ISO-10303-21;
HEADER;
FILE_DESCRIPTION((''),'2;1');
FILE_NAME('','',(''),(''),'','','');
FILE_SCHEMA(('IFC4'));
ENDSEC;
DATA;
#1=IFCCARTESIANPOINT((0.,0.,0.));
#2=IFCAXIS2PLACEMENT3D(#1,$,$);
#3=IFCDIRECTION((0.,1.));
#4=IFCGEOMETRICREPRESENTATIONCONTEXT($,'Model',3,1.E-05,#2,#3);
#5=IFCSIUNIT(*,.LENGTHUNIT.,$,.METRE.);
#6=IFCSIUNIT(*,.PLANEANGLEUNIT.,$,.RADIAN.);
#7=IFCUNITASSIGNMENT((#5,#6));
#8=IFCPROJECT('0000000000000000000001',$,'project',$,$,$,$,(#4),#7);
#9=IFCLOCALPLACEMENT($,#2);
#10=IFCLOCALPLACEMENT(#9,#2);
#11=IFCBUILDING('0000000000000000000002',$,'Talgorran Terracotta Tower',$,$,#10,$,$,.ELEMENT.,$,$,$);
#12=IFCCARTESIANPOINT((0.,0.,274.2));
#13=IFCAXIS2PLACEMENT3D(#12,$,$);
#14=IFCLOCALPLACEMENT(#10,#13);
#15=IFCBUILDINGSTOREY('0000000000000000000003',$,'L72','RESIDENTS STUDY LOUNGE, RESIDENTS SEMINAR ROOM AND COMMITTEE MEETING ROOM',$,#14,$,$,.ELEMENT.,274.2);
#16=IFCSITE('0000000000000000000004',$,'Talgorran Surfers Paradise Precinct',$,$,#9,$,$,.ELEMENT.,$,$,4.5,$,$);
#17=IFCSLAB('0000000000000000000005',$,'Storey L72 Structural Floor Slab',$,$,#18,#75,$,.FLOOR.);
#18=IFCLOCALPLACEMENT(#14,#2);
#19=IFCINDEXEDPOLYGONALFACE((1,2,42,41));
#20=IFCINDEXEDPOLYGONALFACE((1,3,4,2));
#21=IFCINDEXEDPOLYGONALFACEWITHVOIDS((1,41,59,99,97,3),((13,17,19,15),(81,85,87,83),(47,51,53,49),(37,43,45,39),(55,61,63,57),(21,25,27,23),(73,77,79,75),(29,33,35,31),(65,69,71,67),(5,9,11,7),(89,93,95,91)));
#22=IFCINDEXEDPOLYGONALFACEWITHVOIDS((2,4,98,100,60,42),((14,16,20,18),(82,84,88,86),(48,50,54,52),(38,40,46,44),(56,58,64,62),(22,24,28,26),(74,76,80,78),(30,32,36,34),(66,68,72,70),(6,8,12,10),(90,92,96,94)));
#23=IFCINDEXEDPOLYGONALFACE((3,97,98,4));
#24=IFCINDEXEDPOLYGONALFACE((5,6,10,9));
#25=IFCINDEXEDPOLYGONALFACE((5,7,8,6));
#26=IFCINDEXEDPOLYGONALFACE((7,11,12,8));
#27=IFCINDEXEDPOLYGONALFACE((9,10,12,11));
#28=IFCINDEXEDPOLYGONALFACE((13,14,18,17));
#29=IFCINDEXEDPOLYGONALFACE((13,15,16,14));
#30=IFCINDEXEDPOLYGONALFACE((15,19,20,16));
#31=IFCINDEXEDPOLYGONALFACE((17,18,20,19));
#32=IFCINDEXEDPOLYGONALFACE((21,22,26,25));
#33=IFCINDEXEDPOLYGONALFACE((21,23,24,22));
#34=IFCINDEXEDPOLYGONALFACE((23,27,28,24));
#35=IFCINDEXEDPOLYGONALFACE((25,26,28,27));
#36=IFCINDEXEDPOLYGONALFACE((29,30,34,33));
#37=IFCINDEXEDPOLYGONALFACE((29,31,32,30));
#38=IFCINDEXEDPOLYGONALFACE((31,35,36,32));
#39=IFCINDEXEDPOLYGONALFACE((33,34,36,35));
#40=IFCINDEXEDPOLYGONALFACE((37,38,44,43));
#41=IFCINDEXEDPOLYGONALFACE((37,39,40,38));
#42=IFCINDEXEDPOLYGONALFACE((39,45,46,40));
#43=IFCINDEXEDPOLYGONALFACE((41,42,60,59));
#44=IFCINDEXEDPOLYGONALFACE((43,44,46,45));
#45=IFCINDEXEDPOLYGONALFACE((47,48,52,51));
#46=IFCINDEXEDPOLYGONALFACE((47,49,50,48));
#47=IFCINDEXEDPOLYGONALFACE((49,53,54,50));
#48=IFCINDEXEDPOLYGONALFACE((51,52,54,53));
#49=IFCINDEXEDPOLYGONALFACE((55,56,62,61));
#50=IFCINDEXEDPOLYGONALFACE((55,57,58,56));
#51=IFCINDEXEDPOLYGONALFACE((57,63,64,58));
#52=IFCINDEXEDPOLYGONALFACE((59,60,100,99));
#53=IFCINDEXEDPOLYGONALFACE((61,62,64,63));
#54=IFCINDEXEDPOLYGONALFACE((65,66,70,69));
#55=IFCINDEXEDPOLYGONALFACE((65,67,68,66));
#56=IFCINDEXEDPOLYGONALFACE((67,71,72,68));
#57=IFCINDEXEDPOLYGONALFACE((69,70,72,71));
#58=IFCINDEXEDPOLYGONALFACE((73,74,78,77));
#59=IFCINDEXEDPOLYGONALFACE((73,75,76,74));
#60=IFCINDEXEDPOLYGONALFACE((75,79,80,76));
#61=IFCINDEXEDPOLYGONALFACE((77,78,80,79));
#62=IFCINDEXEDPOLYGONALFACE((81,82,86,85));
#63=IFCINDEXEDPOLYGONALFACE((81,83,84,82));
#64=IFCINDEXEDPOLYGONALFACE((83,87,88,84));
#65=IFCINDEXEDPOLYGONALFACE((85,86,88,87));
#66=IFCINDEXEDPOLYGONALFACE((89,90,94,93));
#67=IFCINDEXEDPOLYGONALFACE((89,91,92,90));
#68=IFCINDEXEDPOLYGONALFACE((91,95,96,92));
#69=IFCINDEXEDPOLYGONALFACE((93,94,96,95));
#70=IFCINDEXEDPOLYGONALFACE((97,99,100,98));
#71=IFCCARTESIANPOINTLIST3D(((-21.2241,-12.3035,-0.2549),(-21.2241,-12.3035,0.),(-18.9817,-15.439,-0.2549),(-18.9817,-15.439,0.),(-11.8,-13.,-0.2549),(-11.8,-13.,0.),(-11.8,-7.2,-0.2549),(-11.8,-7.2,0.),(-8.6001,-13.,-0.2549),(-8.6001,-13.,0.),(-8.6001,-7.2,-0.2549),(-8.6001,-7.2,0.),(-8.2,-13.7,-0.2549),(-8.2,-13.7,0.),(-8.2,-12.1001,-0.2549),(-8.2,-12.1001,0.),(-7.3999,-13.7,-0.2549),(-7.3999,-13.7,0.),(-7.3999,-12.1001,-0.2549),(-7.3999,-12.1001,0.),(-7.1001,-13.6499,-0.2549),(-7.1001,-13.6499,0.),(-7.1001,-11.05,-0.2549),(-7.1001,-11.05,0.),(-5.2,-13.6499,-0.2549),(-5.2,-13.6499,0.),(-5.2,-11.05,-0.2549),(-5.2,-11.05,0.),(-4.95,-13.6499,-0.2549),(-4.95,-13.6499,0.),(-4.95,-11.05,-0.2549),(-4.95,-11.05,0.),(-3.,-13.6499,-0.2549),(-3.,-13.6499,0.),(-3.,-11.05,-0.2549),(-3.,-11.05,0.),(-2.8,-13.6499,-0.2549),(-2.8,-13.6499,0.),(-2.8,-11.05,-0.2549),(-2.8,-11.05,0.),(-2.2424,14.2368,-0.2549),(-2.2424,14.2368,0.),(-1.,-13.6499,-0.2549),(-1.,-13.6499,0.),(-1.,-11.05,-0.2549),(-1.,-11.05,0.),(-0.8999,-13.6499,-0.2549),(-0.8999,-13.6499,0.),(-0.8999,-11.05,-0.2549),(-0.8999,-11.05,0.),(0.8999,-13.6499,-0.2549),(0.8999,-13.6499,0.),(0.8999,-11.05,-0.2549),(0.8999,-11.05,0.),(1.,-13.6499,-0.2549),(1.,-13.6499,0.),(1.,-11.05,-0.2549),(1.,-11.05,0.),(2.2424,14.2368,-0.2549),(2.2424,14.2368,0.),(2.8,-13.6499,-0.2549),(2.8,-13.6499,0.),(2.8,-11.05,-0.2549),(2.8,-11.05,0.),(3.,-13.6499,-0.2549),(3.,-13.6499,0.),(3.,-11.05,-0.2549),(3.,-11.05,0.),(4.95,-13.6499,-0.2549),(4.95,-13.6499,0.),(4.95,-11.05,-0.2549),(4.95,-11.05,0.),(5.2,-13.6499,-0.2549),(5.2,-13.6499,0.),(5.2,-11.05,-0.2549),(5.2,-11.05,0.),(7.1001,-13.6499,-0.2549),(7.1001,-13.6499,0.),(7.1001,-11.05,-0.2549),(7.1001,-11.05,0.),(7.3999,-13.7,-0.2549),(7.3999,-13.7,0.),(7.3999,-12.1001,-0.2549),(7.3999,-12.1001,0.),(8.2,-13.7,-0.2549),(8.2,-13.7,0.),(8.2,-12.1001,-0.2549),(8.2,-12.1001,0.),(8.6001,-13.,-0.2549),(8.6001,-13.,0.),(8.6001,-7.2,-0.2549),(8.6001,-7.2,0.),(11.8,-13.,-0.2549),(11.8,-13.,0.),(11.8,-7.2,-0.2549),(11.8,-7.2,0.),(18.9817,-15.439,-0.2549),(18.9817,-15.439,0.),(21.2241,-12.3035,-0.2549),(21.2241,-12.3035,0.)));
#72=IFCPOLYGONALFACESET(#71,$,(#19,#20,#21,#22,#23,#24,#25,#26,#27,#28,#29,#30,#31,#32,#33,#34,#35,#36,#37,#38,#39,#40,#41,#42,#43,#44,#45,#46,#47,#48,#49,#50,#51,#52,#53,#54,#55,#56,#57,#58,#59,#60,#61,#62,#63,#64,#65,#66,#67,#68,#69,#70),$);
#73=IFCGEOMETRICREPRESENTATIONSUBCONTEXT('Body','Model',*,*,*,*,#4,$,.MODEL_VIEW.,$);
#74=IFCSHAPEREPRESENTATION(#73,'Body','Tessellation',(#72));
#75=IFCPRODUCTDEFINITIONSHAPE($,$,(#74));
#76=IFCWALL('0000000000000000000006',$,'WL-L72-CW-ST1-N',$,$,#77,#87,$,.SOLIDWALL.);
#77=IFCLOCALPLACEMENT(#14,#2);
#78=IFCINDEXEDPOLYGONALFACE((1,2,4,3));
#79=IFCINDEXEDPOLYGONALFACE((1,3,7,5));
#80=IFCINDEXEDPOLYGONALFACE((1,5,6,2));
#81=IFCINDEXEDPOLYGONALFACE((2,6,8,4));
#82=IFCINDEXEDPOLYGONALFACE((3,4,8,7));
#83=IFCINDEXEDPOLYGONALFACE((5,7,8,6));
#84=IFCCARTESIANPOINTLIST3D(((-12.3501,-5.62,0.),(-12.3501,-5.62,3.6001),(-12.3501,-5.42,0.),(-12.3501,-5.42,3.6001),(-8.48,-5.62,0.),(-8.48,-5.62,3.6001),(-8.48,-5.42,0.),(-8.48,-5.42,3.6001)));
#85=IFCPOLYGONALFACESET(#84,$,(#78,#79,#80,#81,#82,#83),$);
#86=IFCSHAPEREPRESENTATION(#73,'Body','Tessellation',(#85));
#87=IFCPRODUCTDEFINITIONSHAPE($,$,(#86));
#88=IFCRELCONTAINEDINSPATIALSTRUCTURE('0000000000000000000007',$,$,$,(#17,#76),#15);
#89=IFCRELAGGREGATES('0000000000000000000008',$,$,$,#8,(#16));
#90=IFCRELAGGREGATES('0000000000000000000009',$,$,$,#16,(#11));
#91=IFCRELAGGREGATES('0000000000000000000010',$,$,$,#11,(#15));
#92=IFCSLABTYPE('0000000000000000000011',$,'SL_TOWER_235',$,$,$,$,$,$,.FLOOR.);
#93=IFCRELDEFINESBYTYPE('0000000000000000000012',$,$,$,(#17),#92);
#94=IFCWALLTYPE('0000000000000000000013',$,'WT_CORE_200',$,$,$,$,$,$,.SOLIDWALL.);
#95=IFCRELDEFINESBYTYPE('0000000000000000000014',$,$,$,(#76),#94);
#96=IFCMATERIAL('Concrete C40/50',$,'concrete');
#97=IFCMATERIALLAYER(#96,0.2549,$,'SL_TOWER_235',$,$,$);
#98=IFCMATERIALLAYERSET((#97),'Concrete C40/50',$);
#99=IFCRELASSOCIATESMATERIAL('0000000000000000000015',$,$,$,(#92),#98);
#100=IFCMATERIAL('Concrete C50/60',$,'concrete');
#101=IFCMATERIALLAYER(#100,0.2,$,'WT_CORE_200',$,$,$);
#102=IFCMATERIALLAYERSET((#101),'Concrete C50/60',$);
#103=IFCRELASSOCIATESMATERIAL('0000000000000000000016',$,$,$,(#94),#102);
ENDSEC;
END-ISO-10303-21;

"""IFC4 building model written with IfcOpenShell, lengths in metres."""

from ifc_helpers import new_model, si_unit, direction, frame, frame_2d, origin, place, context, subcontext, project, spatial, polyline, rectangle, outline, extrude, material, layer, layer_set, type_object, element, save


model = new_model("IFC4")

# Units and contexts
model_context = context("Model", 3, precision=1e-05, world=origin(), true_north=direction((0.0, 1.0)))
body_context = subcontext(model_context, "Body", "Model", "MODEL_VIEW")
ifc_project = project(units=[si_unit("LENGTHUNIT", "METRE"), si_unit("PLANEANGLEUNIT", "RADIAN")], contexts=[model_context])

# Site, building, storey
site_placement = place(None, origin())
site = spatial("IfcSite", under=ifc_project, at=site_placement, Name="Talgorran Surfers Paradise Precinct", CompositionType="ELEMENT", RefElevation=4.5)
building_placement = place(site_placement, origin())
building = spatial("IfcBuilding", under=site, at=building_placement, Name="Talgorran Terracotta Tower", CompositionType="ELEMENT")
storey_placement = place(building_placement, frame((0.0, 0.0, 274.2)))
storey = spatial("IfcBuildingStorey", under=building, at=storey_placement, Name="L72", Description="RESIDENTS STUDY LOUNGE, RESIDENTS SEMINAR ROOM AND COMMITTEE MEETING ROOM", CompositionType="ELEMENT", Elevation=274.2)

# Slab
ifc_material_1 = material(Name="Concrete C40/50", Category="concrete")
ifc_layer_1 = layer(ifc_material_1, 0.2549, Name="SL_TOWER_235")
ifc_layer_set_1 = layer_set([ifc_layer_1], Name="Concrete C40/50")
slab_type_1 = type_object("IfcSlabType", Name="SL_TOWER_235", PredefinedType="FLOOR", material=ifc_layer_set_1)
slab_1_placement = place(storey_placement, frame((0.0, 0.0, -0.2549)))
element("IfcSlab", 1, at=slab_1_placement, inside=storey, type_object=slab_type_1, Name="Storey L72 Structural Floor Slab", PredefinedType="FLOOR", context=body_context, shape_type="SweptSolid", body=[
    extrude(outline(polyline([(-21.2241, -12.3035), (-18.9817, -15.439), (18.9817, -15.439), (21.2241, -12.3035), (2.2424, 14.2368), (-2.2424, 14.2368), (-21.2241, -12.3035)]), holes=[polyline([(-11.8, -7.2), (-11.8, -13.0), (-8.6001, -13.0), (-8.6001, -7.2), (-11.8, -7.2)]), polyline([(8.6001, -7.2), (8.6001, -13.0), (11.8, -13.0), (11.8, -7.2), (8.6001, -7.2)]), polyline([(-7.1001, -13.6499), (-5.2, -13.6499), (-5.2, -11.05), (-7.1001, -11.05), (-7.1001, -13.6499)]), polyline([(5.2, -13.6499), (7.1001, -13.6499), (7.1001, -11.05), (5.2, -11.05), (5.2, -13.6499)]), polyline([(3.0, -13.6499), (4.95, -13.6499), (4.95, -11.05), (3.0, -11.05), (3.0, -13.6499)]), polyline([(-4.95, -13.6499), (-3.0, -13.6499), (-3.0, -11.05), (-4.95, -11.05), (-4.95, -13.6499)]), polyline([(-2.8, -13.6499), (-1.0, -13.6499), (-1.0, -11.05), (-2.8, -11.05), (-2.8, -13.6499)]), polyline([(-0.8999, -13.6499), (0.8999, -13.6499), (0.8999, -11.05), (-0.8999, -11.05), (-0.8999, -13.6499)]), polyline([(1.0, -13.6499), (2.8, -13.6499), (2.8, -11.05), (1.0, -11.05), (1.0, -13.6499)]), polyline([(-8.2, -13.7), (-7.3999, -13.7), (-7.3999, -12.1001), (-8.2, -12.1001), (-8.2, -13.7)]), polyline([(7.3999, -13.7), (8.2, -13.7), (8.2, -12.1001), (7.3999, -12.1001), (7.3999, -13.7)])]), origin(), (0.0, 0.0, 1.0), 0.2549),
])

# Wall
ifc_material_2 = material(Name="Concrete C50/60", Category="concrete")
ifc_layer_2 = layer(ifc_material_2, 0.2, Name="WT_CORE_200")
ifc_layer_set_2 = layer_set([ifc_layer_2], Name="Concrete C50/60")
wall_type = type_object("IfcWallType", Name="WT_CORE_200", PredefinedType="SOLIDWALL", material=ifc_layer_set_2)
wall_placement = place(storey_placement, frame((-12.3501, -5.52, 0.0), z_axis=(0.0, 0.0, 1.0), x_axis=(1.0, 0.0, 0.0)))
element("IfcWall", 2, at=wall_placement, inside=storey, type_object=wall_type, Name="WL-L72-CW-ST1-N", PredefinedType="SOLIDWALL", context=body_context, shape_type="SweptSolid", body=[
    extrude(rectangle(XDim=3.8701, YDim=0.2, at=frame_2d((1.9351, 0.0))), origin(), (0.0, 0.0, 1.0), 3.6001),
])

save(model, "model.ifc")
